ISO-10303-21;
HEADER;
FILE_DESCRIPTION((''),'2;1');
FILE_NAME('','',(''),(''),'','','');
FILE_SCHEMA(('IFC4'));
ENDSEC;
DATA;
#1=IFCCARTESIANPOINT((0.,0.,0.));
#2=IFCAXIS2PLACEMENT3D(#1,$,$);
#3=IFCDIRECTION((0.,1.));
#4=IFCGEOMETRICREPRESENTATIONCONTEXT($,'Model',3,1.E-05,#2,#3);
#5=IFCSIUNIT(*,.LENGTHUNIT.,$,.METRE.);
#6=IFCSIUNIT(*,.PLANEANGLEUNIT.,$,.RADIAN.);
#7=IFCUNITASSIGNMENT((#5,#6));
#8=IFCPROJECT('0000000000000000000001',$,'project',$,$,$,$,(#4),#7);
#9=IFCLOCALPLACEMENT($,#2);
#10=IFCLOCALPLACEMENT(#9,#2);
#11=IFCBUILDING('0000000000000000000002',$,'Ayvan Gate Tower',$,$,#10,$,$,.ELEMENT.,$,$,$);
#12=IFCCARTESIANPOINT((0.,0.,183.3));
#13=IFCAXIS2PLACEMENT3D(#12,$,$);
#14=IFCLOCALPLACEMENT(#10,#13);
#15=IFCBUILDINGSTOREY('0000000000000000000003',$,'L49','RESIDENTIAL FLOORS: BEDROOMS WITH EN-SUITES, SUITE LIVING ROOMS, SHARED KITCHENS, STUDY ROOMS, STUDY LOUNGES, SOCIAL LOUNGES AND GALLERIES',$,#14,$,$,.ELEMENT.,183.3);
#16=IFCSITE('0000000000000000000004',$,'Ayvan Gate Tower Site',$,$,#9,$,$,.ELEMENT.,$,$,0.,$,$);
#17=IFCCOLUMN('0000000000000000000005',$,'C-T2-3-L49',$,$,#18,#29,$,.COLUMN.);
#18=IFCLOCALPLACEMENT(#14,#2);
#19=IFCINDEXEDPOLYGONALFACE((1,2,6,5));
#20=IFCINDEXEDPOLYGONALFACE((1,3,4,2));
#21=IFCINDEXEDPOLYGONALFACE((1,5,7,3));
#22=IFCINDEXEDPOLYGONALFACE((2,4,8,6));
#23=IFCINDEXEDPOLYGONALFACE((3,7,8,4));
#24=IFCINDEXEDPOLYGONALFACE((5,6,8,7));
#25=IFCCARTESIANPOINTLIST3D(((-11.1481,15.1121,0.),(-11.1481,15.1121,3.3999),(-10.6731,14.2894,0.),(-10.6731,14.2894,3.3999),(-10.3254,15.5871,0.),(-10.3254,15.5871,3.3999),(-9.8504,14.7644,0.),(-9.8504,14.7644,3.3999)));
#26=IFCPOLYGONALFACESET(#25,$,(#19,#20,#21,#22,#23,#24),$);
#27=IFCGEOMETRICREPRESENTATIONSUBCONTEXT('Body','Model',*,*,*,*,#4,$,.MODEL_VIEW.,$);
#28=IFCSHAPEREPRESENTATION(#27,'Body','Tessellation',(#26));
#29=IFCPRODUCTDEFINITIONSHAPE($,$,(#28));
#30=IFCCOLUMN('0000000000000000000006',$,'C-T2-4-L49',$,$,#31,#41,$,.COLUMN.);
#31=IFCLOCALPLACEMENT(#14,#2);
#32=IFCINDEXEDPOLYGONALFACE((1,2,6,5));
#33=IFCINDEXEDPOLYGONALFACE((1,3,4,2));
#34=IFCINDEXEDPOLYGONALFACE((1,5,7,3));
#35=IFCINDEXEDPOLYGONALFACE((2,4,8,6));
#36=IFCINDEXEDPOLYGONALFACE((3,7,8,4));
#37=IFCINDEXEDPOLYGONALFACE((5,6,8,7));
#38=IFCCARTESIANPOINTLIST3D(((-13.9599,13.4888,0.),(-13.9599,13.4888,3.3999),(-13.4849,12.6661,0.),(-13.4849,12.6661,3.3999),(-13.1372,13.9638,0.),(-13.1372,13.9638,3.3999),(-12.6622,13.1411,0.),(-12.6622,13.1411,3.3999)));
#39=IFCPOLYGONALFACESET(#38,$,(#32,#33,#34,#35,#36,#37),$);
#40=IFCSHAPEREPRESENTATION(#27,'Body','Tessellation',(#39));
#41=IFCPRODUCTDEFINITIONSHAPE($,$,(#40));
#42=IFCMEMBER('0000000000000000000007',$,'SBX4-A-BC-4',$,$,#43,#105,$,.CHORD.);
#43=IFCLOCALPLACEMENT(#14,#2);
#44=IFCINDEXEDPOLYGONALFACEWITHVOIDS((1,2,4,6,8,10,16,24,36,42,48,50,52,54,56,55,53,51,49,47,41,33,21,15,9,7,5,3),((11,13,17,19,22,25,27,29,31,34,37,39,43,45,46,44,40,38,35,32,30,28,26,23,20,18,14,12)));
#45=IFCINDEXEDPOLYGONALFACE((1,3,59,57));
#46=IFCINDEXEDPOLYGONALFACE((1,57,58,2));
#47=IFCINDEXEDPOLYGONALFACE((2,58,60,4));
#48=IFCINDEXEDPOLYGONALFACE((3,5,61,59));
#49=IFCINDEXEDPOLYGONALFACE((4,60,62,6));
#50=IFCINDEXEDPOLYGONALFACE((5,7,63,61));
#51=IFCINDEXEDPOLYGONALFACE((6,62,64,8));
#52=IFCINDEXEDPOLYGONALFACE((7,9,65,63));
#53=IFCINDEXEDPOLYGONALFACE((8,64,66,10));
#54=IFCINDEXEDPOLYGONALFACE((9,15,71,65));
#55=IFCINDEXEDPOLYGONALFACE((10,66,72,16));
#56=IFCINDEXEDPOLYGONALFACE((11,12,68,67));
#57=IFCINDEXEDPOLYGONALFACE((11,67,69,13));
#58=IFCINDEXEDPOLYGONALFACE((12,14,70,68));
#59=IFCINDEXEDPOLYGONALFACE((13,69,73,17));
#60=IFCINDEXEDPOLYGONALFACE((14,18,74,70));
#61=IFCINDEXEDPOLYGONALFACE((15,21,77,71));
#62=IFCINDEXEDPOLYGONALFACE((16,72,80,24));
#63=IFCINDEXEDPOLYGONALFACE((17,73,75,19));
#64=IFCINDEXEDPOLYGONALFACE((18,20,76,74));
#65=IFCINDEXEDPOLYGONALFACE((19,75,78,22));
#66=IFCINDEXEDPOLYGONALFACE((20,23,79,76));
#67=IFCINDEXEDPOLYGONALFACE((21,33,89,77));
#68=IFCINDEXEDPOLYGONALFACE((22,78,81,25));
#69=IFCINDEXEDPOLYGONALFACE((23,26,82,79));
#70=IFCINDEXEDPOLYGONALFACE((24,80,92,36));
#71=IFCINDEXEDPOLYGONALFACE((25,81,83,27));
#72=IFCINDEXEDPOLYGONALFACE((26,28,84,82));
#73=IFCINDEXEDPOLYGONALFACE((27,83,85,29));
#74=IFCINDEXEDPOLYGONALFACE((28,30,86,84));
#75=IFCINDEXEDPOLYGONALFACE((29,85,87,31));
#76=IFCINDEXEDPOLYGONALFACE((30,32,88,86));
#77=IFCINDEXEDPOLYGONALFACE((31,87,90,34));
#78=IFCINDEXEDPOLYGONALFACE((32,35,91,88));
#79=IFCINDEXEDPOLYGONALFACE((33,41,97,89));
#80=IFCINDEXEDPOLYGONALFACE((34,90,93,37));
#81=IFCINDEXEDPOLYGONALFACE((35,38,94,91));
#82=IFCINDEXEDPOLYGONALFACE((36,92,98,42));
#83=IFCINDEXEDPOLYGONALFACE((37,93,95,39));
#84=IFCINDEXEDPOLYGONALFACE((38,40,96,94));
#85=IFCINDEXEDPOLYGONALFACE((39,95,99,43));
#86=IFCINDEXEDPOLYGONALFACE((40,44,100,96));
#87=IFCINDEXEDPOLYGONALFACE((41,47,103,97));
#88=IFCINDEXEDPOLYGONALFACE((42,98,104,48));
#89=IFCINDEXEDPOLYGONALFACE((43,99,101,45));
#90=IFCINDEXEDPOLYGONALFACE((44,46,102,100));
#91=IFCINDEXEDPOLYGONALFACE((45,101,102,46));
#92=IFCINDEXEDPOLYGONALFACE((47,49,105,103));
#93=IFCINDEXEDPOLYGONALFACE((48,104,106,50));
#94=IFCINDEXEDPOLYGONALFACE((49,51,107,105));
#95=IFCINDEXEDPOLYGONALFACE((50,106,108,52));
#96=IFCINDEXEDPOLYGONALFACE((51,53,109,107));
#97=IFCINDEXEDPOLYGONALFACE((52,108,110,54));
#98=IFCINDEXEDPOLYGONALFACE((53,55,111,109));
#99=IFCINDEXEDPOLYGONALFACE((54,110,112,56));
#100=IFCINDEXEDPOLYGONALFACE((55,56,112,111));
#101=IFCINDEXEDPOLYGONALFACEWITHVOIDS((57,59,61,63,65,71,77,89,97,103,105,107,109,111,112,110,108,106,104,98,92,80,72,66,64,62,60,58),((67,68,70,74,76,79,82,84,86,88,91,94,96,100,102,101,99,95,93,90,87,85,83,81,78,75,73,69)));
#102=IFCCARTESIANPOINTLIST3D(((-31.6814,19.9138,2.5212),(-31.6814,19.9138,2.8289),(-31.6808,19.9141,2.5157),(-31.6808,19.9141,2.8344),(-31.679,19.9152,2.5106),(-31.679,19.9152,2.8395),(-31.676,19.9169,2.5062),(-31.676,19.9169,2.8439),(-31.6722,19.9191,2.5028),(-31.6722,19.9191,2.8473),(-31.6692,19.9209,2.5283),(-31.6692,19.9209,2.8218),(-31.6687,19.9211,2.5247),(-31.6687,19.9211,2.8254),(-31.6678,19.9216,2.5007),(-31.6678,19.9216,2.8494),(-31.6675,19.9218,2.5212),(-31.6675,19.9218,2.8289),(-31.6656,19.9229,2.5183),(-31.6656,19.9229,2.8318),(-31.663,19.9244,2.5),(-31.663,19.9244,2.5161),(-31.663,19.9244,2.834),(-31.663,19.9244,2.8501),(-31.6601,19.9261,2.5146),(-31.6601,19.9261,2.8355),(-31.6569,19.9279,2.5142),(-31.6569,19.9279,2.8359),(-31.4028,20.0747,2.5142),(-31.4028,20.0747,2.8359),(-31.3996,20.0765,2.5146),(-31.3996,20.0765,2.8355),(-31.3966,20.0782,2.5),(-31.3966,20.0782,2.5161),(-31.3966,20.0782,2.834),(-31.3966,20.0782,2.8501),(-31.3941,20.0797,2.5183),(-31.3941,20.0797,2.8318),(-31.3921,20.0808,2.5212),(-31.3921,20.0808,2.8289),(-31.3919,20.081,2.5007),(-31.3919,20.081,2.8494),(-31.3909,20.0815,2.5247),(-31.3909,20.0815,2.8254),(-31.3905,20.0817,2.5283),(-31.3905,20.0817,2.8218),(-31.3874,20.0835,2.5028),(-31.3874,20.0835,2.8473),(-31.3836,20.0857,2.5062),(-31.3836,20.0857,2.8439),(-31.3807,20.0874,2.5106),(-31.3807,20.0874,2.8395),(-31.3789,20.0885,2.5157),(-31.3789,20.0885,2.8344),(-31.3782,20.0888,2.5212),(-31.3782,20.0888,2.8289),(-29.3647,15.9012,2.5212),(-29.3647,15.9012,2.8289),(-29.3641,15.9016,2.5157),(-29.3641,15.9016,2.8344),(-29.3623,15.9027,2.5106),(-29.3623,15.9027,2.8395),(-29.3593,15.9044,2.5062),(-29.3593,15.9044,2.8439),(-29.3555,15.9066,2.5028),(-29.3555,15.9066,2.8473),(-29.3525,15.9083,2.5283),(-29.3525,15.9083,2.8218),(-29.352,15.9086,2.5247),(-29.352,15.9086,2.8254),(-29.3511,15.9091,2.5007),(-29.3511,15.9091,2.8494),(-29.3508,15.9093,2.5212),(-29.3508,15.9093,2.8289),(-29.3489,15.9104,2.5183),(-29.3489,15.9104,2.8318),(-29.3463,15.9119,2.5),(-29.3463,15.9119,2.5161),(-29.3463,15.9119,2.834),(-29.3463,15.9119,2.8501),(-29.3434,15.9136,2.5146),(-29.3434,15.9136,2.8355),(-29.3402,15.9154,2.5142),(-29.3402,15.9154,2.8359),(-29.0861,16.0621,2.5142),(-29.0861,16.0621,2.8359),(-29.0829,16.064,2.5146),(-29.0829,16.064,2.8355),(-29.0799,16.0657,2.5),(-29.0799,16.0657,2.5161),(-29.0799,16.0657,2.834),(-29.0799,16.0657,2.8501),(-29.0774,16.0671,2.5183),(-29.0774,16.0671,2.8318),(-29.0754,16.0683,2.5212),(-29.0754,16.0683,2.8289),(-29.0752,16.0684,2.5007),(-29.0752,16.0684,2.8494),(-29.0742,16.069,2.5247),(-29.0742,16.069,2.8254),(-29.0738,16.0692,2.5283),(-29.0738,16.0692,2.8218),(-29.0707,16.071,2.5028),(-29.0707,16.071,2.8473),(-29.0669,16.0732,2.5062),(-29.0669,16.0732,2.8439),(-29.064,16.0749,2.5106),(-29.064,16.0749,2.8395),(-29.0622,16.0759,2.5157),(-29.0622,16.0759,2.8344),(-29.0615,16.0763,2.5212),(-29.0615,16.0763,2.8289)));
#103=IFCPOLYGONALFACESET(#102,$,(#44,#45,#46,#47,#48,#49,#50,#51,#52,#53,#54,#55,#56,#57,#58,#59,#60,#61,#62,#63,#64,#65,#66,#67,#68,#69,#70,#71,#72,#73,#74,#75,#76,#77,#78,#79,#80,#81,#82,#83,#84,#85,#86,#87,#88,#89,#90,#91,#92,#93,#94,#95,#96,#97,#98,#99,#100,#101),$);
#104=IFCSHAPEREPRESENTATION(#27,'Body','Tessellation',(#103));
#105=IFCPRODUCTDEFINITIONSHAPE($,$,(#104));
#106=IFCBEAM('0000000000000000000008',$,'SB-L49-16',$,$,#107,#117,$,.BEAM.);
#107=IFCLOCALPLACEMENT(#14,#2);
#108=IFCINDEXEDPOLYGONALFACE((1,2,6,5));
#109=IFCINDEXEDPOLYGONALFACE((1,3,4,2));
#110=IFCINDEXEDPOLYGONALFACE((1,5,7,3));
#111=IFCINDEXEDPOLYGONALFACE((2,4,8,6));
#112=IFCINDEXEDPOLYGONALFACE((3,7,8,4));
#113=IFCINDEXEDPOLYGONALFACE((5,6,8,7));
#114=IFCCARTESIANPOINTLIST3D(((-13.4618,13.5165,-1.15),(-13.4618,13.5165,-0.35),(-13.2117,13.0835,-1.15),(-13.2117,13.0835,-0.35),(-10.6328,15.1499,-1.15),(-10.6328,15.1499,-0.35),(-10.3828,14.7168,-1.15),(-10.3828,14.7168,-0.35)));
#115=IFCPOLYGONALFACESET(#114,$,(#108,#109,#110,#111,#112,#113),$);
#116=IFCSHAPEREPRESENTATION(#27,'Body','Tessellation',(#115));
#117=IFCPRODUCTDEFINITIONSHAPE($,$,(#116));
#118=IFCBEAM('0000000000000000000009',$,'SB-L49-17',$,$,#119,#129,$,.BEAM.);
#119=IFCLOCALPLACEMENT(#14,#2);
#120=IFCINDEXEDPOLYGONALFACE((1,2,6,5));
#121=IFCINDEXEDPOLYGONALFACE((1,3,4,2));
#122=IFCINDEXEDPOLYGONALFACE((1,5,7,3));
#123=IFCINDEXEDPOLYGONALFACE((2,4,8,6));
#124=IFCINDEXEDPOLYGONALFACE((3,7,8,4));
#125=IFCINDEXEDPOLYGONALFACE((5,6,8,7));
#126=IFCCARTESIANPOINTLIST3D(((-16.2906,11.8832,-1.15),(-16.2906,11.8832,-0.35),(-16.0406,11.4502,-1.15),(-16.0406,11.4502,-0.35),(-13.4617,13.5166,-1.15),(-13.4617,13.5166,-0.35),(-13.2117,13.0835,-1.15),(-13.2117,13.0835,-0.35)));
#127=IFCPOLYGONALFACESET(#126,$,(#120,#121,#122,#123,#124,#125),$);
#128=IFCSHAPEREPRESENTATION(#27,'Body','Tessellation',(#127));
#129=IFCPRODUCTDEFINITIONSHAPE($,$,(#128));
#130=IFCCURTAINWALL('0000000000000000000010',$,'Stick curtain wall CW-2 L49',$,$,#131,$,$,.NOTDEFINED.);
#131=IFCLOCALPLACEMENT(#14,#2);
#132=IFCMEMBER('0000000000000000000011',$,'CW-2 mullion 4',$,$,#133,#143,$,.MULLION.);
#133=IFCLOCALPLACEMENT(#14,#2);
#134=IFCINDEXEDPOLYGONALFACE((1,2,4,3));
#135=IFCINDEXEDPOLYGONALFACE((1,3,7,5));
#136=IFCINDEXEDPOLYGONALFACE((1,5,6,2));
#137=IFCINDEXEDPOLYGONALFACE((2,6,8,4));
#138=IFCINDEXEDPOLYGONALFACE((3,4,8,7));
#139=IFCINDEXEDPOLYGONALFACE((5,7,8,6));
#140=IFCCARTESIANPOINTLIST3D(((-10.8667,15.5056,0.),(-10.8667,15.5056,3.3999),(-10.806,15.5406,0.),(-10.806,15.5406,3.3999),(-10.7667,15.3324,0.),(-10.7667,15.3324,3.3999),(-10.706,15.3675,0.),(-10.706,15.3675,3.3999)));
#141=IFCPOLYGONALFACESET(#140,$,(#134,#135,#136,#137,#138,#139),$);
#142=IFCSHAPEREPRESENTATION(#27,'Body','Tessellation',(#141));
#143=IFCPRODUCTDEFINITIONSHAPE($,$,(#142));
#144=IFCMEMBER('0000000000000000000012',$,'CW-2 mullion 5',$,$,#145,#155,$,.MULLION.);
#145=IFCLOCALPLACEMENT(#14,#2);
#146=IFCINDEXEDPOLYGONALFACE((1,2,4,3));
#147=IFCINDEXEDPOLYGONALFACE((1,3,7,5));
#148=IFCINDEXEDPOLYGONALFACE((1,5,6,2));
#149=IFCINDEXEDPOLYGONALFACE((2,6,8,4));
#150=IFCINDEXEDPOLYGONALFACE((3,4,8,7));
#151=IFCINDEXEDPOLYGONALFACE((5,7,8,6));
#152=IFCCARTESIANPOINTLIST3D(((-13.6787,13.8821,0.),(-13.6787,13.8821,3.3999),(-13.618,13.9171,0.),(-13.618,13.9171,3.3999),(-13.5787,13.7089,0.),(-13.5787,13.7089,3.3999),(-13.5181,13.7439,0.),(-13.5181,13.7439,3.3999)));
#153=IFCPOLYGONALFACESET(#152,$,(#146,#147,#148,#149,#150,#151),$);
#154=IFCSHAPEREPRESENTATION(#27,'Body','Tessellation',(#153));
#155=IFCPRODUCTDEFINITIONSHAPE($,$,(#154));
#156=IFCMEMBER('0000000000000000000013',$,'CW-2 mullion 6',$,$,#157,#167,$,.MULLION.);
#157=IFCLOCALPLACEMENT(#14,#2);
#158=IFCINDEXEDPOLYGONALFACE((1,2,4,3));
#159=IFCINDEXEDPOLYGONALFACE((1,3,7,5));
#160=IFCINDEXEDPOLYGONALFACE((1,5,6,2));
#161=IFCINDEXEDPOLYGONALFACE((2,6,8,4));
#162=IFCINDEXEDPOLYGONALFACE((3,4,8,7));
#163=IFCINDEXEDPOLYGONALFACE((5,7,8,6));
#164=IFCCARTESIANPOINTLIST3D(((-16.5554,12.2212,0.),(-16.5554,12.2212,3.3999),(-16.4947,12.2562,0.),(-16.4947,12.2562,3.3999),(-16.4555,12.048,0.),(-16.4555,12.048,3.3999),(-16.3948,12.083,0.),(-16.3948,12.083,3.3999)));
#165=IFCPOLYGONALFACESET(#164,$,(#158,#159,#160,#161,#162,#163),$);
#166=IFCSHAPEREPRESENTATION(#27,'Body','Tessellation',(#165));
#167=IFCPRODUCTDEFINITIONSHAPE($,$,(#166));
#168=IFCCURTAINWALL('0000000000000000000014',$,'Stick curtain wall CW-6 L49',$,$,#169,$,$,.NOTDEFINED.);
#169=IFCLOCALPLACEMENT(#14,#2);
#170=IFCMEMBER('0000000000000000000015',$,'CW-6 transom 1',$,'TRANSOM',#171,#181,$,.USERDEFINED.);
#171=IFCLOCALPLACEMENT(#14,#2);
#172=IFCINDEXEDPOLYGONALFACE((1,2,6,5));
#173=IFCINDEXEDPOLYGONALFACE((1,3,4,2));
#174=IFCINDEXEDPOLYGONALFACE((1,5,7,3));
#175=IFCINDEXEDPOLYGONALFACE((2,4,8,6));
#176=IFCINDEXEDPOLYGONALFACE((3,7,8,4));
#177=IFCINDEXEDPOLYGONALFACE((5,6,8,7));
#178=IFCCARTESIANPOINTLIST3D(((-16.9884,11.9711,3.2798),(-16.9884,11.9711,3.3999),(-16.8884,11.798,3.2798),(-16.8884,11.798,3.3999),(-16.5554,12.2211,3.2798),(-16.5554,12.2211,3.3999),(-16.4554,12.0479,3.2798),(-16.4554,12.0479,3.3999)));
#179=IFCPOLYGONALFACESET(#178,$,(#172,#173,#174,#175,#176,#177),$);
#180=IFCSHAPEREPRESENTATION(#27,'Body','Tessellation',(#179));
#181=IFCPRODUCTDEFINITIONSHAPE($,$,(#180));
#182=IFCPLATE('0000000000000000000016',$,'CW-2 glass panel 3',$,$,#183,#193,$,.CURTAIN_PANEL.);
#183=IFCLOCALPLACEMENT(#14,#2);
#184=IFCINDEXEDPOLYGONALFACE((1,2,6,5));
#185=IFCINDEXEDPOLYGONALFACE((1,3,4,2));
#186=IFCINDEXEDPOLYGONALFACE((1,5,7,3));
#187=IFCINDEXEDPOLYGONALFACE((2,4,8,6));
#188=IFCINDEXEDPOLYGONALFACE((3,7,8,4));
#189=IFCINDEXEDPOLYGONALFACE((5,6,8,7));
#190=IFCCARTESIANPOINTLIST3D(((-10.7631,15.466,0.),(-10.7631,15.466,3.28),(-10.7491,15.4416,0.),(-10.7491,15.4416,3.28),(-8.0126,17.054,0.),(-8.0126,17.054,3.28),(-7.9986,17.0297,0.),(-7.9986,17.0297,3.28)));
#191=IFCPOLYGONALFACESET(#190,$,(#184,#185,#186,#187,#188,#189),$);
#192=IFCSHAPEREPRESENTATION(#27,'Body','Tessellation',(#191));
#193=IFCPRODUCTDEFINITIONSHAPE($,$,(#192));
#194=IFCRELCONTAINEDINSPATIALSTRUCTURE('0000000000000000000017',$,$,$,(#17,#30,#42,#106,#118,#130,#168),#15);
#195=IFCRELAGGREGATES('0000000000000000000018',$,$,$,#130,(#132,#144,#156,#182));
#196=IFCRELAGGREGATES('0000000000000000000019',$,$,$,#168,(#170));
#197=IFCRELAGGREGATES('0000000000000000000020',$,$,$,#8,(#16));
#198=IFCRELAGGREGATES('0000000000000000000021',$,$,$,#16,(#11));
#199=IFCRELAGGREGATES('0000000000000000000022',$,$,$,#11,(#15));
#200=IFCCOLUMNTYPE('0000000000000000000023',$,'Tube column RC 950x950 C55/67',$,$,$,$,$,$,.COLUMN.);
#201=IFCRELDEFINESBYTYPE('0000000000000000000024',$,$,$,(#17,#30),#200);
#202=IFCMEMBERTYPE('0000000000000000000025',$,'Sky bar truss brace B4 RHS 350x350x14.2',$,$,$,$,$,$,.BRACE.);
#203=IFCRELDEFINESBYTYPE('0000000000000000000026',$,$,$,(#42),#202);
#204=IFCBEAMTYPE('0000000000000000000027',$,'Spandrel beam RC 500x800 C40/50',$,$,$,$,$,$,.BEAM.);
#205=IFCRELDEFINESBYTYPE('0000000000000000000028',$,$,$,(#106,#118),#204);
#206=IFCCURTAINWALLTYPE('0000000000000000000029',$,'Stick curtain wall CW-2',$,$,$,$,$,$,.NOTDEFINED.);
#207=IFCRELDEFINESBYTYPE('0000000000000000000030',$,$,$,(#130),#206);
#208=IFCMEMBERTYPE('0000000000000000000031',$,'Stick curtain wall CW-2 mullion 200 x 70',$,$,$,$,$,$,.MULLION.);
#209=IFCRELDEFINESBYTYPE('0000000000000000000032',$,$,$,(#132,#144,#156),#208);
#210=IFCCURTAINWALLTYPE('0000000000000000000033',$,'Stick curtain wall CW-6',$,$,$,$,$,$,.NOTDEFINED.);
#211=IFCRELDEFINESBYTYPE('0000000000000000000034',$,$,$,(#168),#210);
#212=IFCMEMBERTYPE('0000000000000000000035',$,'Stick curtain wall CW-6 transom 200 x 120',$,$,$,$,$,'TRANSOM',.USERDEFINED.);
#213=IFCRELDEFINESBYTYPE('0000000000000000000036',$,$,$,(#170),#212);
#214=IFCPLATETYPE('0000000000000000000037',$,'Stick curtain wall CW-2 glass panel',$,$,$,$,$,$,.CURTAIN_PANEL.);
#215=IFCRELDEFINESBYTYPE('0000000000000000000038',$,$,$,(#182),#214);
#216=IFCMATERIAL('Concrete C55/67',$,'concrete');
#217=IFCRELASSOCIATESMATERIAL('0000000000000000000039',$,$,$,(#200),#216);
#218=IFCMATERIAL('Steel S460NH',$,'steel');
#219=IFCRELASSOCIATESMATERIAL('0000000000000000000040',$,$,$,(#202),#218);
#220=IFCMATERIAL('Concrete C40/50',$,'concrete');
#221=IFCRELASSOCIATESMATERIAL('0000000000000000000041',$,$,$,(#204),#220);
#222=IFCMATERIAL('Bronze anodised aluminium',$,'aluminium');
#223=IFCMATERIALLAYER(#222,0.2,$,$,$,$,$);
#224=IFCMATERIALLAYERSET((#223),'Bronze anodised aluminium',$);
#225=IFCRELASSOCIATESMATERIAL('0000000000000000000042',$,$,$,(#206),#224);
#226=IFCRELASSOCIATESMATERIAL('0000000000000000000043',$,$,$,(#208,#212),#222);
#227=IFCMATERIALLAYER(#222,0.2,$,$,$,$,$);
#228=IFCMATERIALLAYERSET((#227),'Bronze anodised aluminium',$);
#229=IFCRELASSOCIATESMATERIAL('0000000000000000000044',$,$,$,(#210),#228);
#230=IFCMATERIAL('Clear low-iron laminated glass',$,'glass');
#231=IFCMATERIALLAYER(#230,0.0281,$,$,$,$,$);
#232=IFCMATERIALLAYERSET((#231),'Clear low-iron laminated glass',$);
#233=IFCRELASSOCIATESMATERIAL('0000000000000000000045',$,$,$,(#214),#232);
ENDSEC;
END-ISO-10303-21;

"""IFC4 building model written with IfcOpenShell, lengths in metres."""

from ifc_helpers import new_model, si_unit, direction, frame, origin, origin_2d, place, context, subcontext, project, spatial, rectangle, hollow_rectangle, extrude, material, layer, layer_set, material_profile, profile_set, type_object, element, aggregate, save


model = new_model("IFC4")

# Units and contexts
model_context = context("Model", 3, precision=1e-05, world=origin(), true_north=direction((0.0, 1.0)))
body_context = subcontext(model_context, "Body", "Model", "MODEL_VIEW")
ifc_project = project(units=[si_unit("LENGTHUNIT", "METRE"), si_unit("PLANEANGLEUNIT", "RADIAN")], contexts=[model_context])

# Site, building, storey
site_placement = place(None, origin())
site = spatial("IfcSite", under=ifc_project, at=site_placement, Name="Ayvan Gate Tower Site", CompositionType="ELEMENT", RefElevation=0.0)
building_placement = place(site_placement, origin())
building = spatial("IfcBuilding", under=site, at=building_placement, Name="Ayvan Gate Tower", CompositionType="ELEMENT")
storey_placement = place(building_placement, frame((0.0, 0.0, 183.3)))
storey = spatial("IfcBuildingStorey", under=building, at=storey_placement, Name="L49", Description="RESIDENTIAL FLOORS: BEDROOMS WITH EN-SUITES, SUITE LIVING ROOMS, SHARED KITCHENS, STUDY ROOMS, STUDY LOUNGES, SOCIAL LOUNGES AND GALLERIES", CompositionType="ELEMENT", Elevation=183.3)

# Columns
ifc_material_1 = material(Name="Concrete C55/67", Category="concrete")
ifc_material_profile_1 = material_profile(ifc_material_1, rectangle(XDim=0.95, YDim=0.95, at=origin_2d()), Name="RC 950x950")
ifc_profile_set_1 = profile_set([ifc_material_profile_1], Name="Concrete C55/67")
column_type = type_object("IfcColumnType", Name="Tube column RC 950x950 C55/67", PredefinedType="COLUMN", material=ifc_profile_set_1)
for number, where, z_axis, x_axis, name in (
    (1, (-10.4993, 14.9382, 0.0), (0.0, 0.0, 1.0), (-0.5, 0.866025, 0.0), "C-T2-3-L49"),
    (2, (-13.311, 13.3149, 0.0), (0.0, 0.0, 1.0), (-0.5, 0.866025, 0.0), "C-T2-4-L49"),
):
    element("IfcColumn", number, at=place(storey_placement, frame(where, z_axis=z_axis, x_axis=x_axis)), inside=storey, type_object=column_type, Name=name, PredefinedType="COLUMN", context=body_context, shape_type="SweptSolid", body=[
        extrude(rectangle(XDim=0.95, YDim=0.95, at=origin_2d()), origin(), (0.0, 0.0, 1.0), 3.3999),
    ])

# Member
ifc_material_2 = material(Name="Steel S460NH", Category="steel")
ifc_material_profile_2 = material_profile(ifc_material_2, hollow_rectangle(XDim=0.3501, YDim=0.3501, WallThickness=0.0142, InnerFilletRadius=0.0142, OuterFilletRadius=0.0212, at=origin_2d()), Name="RHS 350x350x14.2")
ifc_profile_set_2 = profile_set([ifc_material_profile_2], Name="Steel S460NH")
member_type_1 = type_object("IfcMemberType", Name="Sky bar truss brace B4 RHS 350x350x14.2", PredefinedType="BRACE", material=ifc_profile_set_2)
member_1_placement = place(storey_placement, frame((-29.2131, 15.9888, 2.675), z_axis=(-0.50001, 0.86602, 0.0), x_axis=(-0.86602, -0.50001, 0.0)))
element("IfcMember", 3, at=member_1_placement, inside=storey, type_object=member_type_1, Name="SBX4-A-BC-4", PredefinedType="CHORD", context=body_context, shape_type="SweptSolid", body=[
    extrude(hollow_rectangle(XDim=0.3501, YDim=0.3501, WallThickness=0.0142, InnerFilletRadius=0.0142, OuterFilletRadius=0.0212, at=origin_2d()), origin(), (0.0, 0.0, 1.0), 4.6333),
])

# Beams
ifc_material_3 = material(Name="Concrete C40/50", Category="concrete")
ifc_material_profile_3 = material_profile(ifc_material_3, rectangle(XDim=0.5, YDim=0.8, at=origin_2d()), Name="RC 500x800")
ifc_profile_set_3 = profile_set([ifc_material_profile_3], Name="Concrete C40/50")
beam_type = type_object("IfcBeamType", Name="Spandrel beam RC 500x800 C40/50", PredefinedType="BEAM", material=ifc_profile_set_3)
for number, where, z_axis, x_axis, name in (
    (4, (-10.5078, 14.9333, -0.75), (-0.866018, -0.500014, 0.0), (0.500014, -0.866018, 0.0), "SB-L49-16"),
    (5, (-13.3367, 13.3, -0.75), (-0.866018, -0.500014, 0.0), (0.500014, -0.866018, 0.0), "SB-L49-17"),
):
    element("IfcBeam", number, at=place(storey_placement, frame(where, z_axis=z_axis, x_axis=x_axis)), inside=storey, type_object=beam_type, Name=name, PredefinedType="BEAM", context=body_context, shape_type="SweptSolid", body=[
        extrude(rectangle(XDim=0.5, YDim=0.8, at=origin_2d()), origin(), (0.0, 0.0, 1.0), 3.2666),
    ])

# Curtain wall, members
ifc_material_4 = material(Name="Bronze anodised aluminium", Category="aluminium")
ifc_layer_1 = layer(ifc_material_4, 0.2)
ifc_layer_set_1 = layer_set([ifc_layer_1], Name="Bronze anodised aluminium")
curtain_wall_type_1 = type_object("IfcCurtainWallType", Name="Stick curtain wall CW-2", PredefinedType="NOTDEFINED", material=ifc_layer_set_1)
curtain_wall_1_placement = place(storey_placement, origin())
curtain_wall_1 = element("IfcCurtainWall", 6, at=curtain_wall_1_placement, inside=storey, type_object=curtain_wall_type_1, Name="Stick curtain wall CW-2 L49", PredefinedType="NOTDEFINED")
ifc_material_profile_4 = material_profile(ifc_material_4, rectangle(XDim=0.2, YDim=0.0701, at=origin_2d()), Name="Stick curtain wall CW-2 mullion 200 x 70")
ifc_profile_set_4 = profile_set([ifc_material_profile_4], Name="Bronze anodised aluminium")
member_type_2 = type_object("IfcMemberType", Name="Stick curtain wall CW-2 mullion 200 x 70", PredefinedType="MULLION", material=ifc_profile_set_4)
member_2_placement = place(storey_placement, frame((-10.7864, 15.4365, 0.0), z_axis=(0.0, 0.0, 1.0), x_axis=(-0.5, 0.866025, 0.0)))
member_2 = element("IfcMember", 7, at=member_2_placement, type_object=member_type_2, Name="CW-2 mullion 4", PredefinedType="MULLION", context=body_context, shape_type="SweptSolid", body=[
    extrude(rectangle(XDim=0.2, YDim=0.0701, at=origin_2d()), origin(), (0.0, 0.0, 1.0), 3.3999),
])
member_3_placement = place(storey_placement, frame((-13.5984, 13.813, 0.0), z_axis=(0.0, 0.0, 1.0), x_axis=(-0.5, 0.866025, 0.0)))
member_3 = element("IfcMember", 8, at=member_3_placement, type_object=member_type_2, Name="CW-2 mullion 5", PredefinedType="MULLION", context=body_context, shape_type="SweptSolid", body=[
    extrude(rectangle(XDim=0.2, YDim=0.0701, at=origin_2d()), origin(), (0.0, 0.0, 1.0), 3.3999),
])
member_4_placement = place(storey_placement, frame((-16.4751, 12.1521, 0.0), z_axis=(0.0, 0.0, 1.0), x_axis=(-0.5, 0.866025, 0.0)))
member_4 = element("IfcMember", 9, at=member_4_placement, type_object=member_type_2, Name="CW-2 mullion 6", PredefinedType="MULLION", context=body_context, shape_type="SweptSolid", body=[
    extrude(rectangle(XDim=0.2, YDim=0.0701, at=origin_2d()), origin(), (0.0, 0.0, 1.0), 3.3999),
])

# Curtain wall, member
ifc_layer_2 = layer(ifc_material_4, 0.2)
ifc_layer_set_2 = layer_set([ifc_layer_2], Name="Bronze anodised aluminium")
curtain_wall_type_2 = type_object("IfcCurtainWallType", Name="Stick curtain wall CW-6", PredefinedType="NOTDEFINED", material=ifc_layer_set_2)
curtain_wall_2_placement = place(storey_placement, origin())
curtain_wall_2 = element("IfcCurtainWall", 10, at=curtain_wall_2_placement, inside=storey, type_object=curtain_wall_type_2, Name="Stick curtain wall CW-6 L49", PredefinedType="NOTDEFINED")
ifc_material_profile_5 = material_profile(ifc_material_4, rectangle(XDim=0.2, YDim=0.1201, at=origin_2d()), Name="Stick curtain wall CW-6 transom 200 x 120")
ifc_profile_set_5 = profile_set([ifc_material_profile_5], Name="Bronze anodised aluminium")
member_type_3 = type_object("IfcMemberType", Name="Stick curtain wall CW-6 transom 200 x 120", ElementType="TRANSOM", PredefinedType="USERDEFINED", material=ifc_profile_set_5)
member_5_placement = place(storey_placement, frame((-16.5054, 12.1345, 3.3398), z_axis=(-0.866072, -0.49992, 0.0), x_axis=(0.49992, -0.866072, 0.0)))
member_5 = element("IfcMember", 11, at=member_5_placement, type_object=member_type_3, Name="CW-6 transom 1", ObjectType="TRANSOM", PredefinedType="USERDEFINED", context=body_context, shape_type="SweptSolid", body=[
    extrude(rectangle(XDim=0.2, YDim=0.1201, at=origin_2d()), origin(), (0.0, 0.0, 1.0), 0.5),
])

# Plate
ifc_material_5 = material(Name="Clear low-iron laminated glass", Category="glass")
ifc_layer_3 = layer(ifc_material_5, 0.0281)
ifc_layer_set_3 = layer_set([ifc_layer_3], Name="Clear low-iron laminated glass")
plate_type_1 = type_object("IfcPlateType", Name="Stick curtain wall CW-2 glass panel", PredefinedType="CURTAIN_PANEL", material=ifc_layer_set_3)
plate_1_placement = place(storey_placement, frame((-9.3809, 16.2478, 0.0), z_axis=(0.0, 0.0, 1.0), x_axis=(-0.866025, -0.5, 0.0)))
plate_1 = element("IfcPlate", 12, at=plate_1_placement, type_object=plate_type_1, Name="CW-2 glass panel 3", PredefinedType="CURTAIN_PANEL", context=body_context, shape_type="SweptSolid", body=[
    extrude(rectangle(XDim=3.176, YDim=0.0281, at=origin_2d()), origin(), (0.0, 0.0, 1.0), 3.28),
])
aggregate(curtain_wall_1, [member_2, member_3, member_4, plate_1])
aggregate(curtain_wall_2, [member_5])

save(model, "model.ifc")
